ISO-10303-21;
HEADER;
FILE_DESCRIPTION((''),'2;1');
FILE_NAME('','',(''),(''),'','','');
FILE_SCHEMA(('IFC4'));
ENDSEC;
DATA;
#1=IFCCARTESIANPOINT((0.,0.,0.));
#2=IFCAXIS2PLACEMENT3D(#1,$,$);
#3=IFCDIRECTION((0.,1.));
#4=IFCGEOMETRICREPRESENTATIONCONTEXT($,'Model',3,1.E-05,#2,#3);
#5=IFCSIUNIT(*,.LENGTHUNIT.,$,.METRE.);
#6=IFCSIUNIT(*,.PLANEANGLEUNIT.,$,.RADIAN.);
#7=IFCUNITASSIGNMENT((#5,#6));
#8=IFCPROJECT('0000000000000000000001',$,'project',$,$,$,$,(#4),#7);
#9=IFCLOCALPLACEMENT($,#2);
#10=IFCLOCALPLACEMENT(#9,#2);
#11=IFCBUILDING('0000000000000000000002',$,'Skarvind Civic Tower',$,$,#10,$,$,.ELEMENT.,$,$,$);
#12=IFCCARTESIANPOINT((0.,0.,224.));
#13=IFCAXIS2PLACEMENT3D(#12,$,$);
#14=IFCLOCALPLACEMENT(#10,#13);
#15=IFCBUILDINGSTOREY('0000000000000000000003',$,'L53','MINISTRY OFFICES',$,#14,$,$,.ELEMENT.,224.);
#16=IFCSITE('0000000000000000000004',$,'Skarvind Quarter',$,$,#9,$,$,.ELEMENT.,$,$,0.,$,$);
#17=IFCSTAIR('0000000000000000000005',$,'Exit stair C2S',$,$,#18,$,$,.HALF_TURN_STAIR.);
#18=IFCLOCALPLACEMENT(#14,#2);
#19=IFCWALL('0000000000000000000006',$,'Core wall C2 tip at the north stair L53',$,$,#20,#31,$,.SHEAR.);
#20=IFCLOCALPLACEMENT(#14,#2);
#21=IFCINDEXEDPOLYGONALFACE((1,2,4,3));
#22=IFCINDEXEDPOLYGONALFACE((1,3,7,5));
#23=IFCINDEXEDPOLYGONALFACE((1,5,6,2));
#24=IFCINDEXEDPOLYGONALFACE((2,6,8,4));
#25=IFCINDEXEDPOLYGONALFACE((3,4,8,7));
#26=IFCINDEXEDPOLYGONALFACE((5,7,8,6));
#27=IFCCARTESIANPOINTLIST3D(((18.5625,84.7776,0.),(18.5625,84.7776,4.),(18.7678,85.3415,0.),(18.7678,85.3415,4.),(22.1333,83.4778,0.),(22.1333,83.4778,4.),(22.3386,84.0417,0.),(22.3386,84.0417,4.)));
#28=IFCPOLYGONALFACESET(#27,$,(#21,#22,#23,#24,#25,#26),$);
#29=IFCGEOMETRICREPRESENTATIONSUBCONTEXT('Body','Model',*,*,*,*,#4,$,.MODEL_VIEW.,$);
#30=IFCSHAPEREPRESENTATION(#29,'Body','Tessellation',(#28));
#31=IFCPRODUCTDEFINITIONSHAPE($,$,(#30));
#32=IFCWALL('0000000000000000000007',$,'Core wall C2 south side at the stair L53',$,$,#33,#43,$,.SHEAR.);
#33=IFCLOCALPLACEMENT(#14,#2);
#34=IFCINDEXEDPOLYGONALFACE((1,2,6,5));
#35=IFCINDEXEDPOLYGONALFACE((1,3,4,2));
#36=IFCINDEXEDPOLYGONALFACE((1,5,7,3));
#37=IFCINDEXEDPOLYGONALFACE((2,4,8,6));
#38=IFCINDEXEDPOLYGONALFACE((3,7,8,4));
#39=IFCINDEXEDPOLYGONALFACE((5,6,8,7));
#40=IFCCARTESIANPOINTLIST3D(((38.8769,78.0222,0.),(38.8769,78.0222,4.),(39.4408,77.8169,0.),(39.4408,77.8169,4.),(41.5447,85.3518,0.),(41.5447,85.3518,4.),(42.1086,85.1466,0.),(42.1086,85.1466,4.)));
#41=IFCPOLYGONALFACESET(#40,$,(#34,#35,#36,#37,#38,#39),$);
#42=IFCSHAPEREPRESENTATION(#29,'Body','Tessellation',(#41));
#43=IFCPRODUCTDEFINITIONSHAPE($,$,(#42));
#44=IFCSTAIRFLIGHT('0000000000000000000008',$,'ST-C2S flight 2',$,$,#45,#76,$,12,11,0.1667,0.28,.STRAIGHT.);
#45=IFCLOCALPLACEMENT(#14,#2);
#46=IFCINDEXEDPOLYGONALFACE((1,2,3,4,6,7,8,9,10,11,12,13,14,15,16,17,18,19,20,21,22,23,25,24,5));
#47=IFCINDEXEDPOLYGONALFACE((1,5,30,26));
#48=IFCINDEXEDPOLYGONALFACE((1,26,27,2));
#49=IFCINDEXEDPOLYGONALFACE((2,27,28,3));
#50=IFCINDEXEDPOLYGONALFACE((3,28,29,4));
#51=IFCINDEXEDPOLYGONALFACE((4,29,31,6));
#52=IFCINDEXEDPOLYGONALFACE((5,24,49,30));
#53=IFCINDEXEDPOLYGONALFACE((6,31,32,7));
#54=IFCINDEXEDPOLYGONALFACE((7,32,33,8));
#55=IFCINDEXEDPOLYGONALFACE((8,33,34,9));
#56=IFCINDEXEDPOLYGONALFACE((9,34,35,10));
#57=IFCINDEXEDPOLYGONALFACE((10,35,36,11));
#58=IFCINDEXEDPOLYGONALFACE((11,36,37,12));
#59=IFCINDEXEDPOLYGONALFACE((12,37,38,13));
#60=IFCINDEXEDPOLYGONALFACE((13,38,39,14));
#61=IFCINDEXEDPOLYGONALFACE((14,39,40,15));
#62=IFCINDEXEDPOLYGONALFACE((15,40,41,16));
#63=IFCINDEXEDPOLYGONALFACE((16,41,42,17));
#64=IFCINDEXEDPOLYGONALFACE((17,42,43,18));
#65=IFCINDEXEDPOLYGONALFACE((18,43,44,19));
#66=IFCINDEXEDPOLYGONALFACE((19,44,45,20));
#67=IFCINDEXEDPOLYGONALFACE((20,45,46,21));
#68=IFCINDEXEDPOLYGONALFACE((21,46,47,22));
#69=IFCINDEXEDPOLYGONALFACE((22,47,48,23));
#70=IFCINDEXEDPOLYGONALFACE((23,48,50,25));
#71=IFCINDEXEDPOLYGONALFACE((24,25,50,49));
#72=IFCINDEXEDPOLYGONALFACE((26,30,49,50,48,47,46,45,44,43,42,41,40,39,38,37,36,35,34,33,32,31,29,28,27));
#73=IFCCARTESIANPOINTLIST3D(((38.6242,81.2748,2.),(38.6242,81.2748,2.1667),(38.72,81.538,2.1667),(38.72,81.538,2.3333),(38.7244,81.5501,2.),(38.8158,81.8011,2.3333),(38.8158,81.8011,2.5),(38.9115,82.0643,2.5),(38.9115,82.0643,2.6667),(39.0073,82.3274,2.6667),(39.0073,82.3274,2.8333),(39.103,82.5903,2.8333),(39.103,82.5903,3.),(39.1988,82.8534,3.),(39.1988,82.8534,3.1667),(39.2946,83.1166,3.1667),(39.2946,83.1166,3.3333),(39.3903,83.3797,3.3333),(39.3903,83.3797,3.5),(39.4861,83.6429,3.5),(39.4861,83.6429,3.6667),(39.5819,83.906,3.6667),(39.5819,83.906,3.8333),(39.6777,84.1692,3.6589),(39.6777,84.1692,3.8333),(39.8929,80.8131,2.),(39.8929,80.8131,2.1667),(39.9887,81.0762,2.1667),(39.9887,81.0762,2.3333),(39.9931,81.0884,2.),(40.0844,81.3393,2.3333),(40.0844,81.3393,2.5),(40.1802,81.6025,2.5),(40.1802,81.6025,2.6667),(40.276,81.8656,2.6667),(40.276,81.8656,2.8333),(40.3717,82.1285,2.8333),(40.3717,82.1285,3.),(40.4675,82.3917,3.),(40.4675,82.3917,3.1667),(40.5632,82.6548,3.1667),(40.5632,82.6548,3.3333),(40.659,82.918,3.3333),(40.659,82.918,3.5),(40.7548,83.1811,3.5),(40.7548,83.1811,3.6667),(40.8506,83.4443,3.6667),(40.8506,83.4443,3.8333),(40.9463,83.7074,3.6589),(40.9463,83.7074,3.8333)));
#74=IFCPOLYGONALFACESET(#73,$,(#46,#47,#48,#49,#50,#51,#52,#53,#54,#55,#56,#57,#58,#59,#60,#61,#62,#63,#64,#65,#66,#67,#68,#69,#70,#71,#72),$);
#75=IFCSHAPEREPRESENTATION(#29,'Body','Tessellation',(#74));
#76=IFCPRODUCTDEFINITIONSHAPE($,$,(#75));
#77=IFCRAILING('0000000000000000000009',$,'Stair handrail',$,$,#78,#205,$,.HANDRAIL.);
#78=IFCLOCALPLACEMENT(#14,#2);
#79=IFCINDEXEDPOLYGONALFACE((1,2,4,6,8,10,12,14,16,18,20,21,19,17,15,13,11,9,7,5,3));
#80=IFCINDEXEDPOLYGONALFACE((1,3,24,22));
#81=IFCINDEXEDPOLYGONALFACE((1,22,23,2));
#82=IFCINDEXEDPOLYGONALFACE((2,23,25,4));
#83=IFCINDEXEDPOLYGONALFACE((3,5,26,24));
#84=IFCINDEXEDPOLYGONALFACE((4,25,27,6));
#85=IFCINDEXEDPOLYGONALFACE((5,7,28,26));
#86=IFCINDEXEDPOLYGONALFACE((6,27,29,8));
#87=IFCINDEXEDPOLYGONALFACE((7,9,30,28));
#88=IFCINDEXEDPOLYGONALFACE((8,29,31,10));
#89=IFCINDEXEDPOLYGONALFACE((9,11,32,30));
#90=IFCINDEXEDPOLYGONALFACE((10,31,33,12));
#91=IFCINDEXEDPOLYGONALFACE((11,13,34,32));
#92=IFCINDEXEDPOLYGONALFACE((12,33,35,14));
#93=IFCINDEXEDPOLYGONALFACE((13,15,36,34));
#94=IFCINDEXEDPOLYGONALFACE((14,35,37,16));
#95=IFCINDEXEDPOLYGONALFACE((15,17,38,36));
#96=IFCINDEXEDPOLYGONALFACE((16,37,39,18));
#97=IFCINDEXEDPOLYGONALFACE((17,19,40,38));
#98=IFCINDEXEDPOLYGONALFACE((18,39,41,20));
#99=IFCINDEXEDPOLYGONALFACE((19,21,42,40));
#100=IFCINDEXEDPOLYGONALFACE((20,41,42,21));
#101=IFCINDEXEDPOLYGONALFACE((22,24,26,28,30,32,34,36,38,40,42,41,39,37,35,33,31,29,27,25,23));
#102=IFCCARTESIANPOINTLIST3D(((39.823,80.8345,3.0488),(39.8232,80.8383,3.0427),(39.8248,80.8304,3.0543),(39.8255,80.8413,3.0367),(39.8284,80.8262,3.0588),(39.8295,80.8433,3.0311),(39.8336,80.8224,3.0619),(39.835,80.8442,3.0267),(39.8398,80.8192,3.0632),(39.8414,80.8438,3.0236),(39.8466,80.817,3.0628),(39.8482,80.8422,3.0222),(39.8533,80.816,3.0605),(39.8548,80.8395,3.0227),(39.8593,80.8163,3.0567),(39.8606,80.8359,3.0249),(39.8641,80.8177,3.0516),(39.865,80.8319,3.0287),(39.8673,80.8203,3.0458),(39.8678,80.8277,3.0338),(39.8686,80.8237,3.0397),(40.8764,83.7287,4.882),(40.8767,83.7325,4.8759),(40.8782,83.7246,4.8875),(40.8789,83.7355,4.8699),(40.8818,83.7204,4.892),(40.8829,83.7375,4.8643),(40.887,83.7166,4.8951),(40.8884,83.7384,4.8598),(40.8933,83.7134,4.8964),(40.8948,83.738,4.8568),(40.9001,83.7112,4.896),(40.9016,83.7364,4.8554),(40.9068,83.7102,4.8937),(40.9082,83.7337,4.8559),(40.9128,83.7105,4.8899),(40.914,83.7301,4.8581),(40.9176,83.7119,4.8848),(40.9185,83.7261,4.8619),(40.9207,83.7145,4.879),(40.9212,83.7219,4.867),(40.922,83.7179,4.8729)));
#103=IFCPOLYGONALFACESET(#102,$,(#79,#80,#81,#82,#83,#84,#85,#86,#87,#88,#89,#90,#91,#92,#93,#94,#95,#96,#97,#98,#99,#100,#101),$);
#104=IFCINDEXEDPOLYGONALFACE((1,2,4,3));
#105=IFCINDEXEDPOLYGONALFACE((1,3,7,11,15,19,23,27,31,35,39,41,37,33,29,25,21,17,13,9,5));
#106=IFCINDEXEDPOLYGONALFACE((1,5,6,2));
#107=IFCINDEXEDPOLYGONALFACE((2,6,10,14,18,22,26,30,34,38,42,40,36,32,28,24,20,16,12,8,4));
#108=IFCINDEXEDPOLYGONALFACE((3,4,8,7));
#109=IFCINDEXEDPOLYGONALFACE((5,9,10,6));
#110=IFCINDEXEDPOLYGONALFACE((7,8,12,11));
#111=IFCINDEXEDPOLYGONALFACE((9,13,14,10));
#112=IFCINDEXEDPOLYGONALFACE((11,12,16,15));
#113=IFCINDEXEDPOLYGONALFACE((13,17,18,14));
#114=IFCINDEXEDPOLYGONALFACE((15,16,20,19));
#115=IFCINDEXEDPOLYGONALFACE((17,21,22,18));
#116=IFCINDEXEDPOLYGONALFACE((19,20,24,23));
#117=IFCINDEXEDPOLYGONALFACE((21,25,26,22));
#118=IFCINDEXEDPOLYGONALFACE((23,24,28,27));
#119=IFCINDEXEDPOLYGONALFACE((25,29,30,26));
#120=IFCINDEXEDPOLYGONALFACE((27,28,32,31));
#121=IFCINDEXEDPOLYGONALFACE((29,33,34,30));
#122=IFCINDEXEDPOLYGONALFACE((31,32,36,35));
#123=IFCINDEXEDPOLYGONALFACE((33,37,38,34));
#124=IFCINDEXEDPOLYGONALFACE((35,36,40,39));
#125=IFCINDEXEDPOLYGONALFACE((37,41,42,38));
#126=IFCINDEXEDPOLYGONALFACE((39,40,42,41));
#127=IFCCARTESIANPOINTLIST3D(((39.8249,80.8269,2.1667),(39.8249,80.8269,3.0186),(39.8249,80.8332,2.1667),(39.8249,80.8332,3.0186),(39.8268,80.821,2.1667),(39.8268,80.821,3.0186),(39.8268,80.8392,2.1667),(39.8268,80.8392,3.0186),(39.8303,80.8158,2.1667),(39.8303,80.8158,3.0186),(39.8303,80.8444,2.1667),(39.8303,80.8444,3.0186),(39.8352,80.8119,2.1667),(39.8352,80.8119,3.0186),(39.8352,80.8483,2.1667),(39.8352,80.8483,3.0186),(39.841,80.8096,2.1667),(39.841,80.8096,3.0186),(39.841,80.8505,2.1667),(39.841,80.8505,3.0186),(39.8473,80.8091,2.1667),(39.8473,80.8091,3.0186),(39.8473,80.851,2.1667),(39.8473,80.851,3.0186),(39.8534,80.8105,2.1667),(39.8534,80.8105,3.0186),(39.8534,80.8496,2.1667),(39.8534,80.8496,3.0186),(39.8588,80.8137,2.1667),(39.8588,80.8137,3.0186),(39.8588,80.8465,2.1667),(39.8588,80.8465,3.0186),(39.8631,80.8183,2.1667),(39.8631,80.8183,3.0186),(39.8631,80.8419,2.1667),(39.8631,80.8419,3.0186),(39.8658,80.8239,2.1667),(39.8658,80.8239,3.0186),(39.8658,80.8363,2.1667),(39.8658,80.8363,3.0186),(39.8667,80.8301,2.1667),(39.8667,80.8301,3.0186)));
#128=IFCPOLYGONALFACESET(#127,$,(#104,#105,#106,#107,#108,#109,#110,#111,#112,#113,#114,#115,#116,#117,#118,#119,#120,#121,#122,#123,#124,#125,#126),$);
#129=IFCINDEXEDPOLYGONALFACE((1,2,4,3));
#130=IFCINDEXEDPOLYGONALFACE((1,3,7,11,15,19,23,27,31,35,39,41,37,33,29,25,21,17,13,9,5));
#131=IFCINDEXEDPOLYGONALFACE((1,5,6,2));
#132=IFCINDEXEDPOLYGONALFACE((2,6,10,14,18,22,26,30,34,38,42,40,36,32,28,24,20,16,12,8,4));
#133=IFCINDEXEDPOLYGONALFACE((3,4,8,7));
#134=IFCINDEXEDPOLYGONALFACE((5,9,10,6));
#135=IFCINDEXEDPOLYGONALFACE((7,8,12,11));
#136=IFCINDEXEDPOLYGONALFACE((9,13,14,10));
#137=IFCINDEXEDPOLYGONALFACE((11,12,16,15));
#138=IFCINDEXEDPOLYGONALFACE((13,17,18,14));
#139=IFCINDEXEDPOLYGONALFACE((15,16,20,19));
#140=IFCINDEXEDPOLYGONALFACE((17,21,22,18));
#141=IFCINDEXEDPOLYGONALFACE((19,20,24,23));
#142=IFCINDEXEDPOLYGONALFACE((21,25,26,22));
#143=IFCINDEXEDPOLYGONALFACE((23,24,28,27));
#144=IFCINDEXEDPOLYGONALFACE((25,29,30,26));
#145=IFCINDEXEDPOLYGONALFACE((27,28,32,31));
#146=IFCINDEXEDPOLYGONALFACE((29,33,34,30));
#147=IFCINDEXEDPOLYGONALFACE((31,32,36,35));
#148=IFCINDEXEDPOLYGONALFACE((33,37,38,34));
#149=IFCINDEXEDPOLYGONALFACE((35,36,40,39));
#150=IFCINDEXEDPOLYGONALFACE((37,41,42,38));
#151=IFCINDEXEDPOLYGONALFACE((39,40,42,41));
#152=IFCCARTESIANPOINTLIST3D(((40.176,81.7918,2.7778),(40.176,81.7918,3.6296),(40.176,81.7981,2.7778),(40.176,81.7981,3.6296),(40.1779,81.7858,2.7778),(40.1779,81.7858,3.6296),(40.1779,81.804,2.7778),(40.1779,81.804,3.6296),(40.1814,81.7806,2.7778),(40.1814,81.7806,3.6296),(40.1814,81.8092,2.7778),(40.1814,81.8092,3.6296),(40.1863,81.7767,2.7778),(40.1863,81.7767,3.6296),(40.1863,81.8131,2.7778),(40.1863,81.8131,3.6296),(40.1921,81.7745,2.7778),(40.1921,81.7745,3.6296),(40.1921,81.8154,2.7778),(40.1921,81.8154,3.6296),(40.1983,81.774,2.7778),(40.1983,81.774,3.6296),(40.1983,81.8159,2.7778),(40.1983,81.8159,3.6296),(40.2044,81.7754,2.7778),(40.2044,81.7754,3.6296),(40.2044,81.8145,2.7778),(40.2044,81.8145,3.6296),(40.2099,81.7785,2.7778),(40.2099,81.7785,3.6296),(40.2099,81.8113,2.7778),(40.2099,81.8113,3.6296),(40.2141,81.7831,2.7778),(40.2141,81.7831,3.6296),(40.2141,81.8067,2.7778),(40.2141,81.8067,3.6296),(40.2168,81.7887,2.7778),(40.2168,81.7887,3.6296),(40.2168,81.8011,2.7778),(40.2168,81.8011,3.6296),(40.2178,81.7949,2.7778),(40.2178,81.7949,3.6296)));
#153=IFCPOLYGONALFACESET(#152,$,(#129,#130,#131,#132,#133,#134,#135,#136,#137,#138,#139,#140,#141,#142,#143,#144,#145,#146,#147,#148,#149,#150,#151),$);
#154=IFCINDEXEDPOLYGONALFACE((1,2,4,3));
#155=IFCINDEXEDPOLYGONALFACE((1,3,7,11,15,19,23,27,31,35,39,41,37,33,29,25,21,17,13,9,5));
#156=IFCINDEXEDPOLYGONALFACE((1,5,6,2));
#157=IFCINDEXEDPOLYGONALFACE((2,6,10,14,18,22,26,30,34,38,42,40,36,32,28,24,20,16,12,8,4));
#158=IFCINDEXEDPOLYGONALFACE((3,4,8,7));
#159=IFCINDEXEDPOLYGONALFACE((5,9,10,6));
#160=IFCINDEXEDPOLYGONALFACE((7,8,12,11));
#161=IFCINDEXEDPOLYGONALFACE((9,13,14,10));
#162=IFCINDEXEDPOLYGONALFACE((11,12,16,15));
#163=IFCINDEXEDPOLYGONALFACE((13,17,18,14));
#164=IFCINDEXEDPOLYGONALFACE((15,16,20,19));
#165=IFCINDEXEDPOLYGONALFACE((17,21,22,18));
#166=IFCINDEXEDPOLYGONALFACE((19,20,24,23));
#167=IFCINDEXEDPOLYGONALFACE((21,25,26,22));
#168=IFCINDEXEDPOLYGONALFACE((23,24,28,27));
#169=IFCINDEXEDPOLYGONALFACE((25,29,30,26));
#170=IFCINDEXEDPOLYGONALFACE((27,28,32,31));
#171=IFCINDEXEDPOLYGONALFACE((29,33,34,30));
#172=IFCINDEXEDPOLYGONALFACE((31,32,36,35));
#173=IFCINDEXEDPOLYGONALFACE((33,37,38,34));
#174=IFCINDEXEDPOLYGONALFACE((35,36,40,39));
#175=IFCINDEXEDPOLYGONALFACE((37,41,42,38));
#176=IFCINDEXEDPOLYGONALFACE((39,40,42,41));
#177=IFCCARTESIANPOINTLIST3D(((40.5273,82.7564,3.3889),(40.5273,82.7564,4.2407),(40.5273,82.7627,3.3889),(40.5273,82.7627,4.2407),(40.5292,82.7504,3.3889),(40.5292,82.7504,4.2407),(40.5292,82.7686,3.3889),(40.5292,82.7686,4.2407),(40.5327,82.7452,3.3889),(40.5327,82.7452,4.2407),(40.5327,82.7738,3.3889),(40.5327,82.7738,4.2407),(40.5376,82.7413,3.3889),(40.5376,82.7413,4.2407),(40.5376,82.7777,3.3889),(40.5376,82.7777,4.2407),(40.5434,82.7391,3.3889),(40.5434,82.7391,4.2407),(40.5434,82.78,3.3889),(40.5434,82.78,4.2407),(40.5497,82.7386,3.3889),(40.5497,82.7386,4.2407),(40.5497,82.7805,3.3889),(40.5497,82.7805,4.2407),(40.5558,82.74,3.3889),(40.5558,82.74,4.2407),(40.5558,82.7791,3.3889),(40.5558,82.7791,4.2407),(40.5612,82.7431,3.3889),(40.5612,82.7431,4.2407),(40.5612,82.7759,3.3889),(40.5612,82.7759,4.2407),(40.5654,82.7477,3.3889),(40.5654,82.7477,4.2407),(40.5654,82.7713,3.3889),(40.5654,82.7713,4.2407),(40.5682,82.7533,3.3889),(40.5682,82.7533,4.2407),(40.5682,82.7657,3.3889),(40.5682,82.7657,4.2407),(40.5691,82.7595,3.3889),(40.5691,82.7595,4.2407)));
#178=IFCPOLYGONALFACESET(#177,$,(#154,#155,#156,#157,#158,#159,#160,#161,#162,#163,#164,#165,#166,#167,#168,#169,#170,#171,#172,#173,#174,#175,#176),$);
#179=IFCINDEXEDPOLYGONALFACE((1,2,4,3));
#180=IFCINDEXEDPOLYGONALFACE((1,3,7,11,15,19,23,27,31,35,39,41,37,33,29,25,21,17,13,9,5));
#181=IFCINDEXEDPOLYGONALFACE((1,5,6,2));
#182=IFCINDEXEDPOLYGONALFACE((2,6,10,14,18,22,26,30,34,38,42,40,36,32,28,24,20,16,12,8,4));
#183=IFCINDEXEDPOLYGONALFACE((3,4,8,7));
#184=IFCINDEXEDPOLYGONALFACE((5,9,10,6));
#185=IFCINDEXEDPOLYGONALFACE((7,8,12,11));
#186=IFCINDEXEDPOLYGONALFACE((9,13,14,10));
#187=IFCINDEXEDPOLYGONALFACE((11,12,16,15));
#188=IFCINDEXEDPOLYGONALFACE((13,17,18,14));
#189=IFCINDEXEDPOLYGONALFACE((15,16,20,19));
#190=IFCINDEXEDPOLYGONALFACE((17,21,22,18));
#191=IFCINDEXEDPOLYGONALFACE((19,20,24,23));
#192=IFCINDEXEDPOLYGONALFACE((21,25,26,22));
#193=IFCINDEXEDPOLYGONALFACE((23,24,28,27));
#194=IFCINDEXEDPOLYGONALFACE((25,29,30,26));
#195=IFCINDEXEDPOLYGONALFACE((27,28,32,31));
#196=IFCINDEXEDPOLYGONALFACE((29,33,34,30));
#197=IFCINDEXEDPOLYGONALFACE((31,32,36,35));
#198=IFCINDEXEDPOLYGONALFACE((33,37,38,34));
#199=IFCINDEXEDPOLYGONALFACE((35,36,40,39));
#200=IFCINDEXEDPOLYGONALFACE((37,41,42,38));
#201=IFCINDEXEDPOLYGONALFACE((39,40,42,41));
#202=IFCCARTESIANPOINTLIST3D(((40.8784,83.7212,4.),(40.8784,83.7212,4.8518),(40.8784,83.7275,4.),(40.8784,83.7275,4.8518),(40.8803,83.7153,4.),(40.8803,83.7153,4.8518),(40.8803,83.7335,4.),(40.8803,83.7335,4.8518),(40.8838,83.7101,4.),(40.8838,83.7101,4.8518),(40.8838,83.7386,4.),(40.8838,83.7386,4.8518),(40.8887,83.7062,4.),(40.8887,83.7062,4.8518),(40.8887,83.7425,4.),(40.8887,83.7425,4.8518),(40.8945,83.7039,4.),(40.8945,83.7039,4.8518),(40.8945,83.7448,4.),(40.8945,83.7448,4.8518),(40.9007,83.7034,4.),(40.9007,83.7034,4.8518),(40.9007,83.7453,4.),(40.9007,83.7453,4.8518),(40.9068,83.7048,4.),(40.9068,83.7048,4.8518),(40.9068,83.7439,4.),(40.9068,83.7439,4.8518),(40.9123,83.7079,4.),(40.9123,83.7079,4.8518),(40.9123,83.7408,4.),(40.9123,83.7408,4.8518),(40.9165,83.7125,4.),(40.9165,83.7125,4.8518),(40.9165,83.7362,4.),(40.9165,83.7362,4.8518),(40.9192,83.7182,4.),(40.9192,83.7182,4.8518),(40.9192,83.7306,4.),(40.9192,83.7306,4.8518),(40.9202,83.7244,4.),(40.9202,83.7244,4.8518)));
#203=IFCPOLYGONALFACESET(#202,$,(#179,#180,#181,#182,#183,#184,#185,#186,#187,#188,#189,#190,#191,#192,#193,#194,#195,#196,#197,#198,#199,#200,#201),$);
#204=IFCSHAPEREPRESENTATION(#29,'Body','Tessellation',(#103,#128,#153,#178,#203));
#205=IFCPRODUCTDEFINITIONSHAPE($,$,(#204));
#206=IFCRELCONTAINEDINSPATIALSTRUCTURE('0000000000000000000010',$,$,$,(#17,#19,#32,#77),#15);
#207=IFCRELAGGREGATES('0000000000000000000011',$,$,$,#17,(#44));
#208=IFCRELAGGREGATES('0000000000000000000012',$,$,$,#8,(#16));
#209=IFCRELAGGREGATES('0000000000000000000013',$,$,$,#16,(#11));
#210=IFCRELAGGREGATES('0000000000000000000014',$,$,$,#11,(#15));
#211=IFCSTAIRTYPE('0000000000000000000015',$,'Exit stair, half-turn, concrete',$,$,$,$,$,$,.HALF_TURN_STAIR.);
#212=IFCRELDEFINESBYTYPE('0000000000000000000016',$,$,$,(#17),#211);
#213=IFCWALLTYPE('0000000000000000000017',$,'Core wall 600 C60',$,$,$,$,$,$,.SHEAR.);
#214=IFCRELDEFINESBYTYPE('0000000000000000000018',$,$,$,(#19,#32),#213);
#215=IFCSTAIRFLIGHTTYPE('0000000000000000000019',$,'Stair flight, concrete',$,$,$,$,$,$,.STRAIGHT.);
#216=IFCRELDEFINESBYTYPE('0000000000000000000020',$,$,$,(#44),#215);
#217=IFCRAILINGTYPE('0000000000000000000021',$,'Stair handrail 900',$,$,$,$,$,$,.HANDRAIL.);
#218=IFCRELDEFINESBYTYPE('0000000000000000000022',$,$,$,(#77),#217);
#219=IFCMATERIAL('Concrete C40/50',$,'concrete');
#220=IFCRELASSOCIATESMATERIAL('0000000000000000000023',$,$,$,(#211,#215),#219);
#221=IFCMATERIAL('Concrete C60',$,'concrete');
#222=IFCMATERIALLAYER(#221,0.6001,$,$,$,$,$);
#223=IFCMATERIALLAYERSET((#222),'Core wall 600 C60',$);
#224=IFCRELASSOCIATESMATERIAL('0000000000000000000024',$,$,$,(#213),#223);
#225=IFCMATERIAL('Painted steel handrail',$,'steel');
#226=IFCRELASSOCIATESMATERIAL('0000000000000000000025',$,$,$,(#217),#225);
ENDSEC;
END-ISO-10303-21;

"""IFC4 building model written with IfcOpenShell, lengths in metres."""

from ifc_helpers import new_model, si_unit, direction, frame, frame_2d, origin, origin_2d, place, context, subcontext, project, spatial, polyline, rectangle, circle, outline, extrude, material, layer, layer_set, type_object, element, aggregate, save


model = new_model("IFC4")

# Units and contexts
model_context = context("Model", 3, precision=1e-05, world=origin(), true_north=direction((0.0, 1.0)))
body_context = subcontext(model_context, "Body", "Model", "MODEL_VIEW")
ifc_project = project(units=[si_unit("LENGTHUNIT", "METRE"), si_unit("PLANEANGLEUNIT", "RADIAN")], contexts=[model_context])

# Site, building, storey
site_placement = place(None, origin())
site = spatial("IfcSite", under=ifc_project, at=site_placement, Name="Skarvind Quarter", CompositionType="ELEMENT", RefElevation=0.0)
building_placement = place(site_placement, origin())
building = spatial("IfcBuilding", under=site, at=building_placement, Name="Skarvind Civic Tower", CompositionType="ELEMENT")
storey_placement = place(building_placement, frame((0.0, 0.0, 224.0)))
storey = spatial("IfcBuildingStorey", under=building, at=storey_placement, Name="L53", Description="MINISTRY OFFICES", CompositionType="ELEMENT", Elevation=224.0)

# Shared definitions
ifc_material_1 = material(Name="Concrete C40/50", Category="concrete")

# Stair
stair_type_1 = type_object("IfcStairType", Name="Exit stair, half-turn, concrete", PredefinedType="HALF_TURN_STAIR", material=ifc_material_1)
stair_1_placement = place(storey_placement, origin())
stair_1 = element("IfcStair", 1, at=stair_1_placement, inside=storey, type_object=stair_type_1, Name="Exit stair C2S", PredefinedType="HALF_TURN_STAIR")

# Shared definitions
ifc_material_2 = material(Name="Concrete C60", Category="concrete")

# Walls
ifc_layer_1 = layer(ifc_material_2, 0.6001)
ifc_layer_set_1 = layer_set([ifc_layer_1], Name="Core wall 600 C60")
wall_type_1 = type_object("IfcWallType", Name="Core wall 600 C60", PredefinedType="SHEAR", material=ifc_layer_set_1)
for number, where, z_axis, x_axis, name in (
    (2, (22.2358, 83.7598, 0.0), (0.0, 0.0, 1.0), (-0.939681, 0.342053, 0.0), "Core wall C2 tip at the north stair L53"),
):
    element("IfcWall", number, at=place(storey_placement, frame(where, z_axis=z_axis, x_axis=x_axis)), inside=storey, type_object=wall_type_1, Name=name, PredefinedType="SHEAR", context=body_context, shape_type="SweptSolid", body=[
        extrude(rectangle(XDim=3.8, YDim=0.6001, at=frame_2d((1.8999, 0.0))), origin(), (0.0, 0.0, 1.0), 4.0),
    ])
wall_1_placement = place(storey_placement, frame((39.1589, 77.9197, 0.0), z_axis=(0.0, 0.0, 1.0), x_axis=(0.342017, 0.939694, 0.0)))
element("IfcWall", 3, at=wall_1_placement, inside=storey, type_object=wall_type_1, Name="Core wall C2 south side at the stair L53", PredefinedType="SHEAR", context=body_context, shape_type="SweptSolid", body=[
    extrude(rectangle(XDim=7.8, YDim=0.6001, at=frame_2d((3.8999, 0.0))), origin(), (0.0, 0.0, 1.0), 4.0),
])

# Stair flight
stair_flight_type = type_object("IfcStairFlightType", Name="Stair flight, concrete", PredefinedType="STRAIGHT", material=ifc_material_1)
stair_flight_placement = place(storey_placement, frame((39.2585, 81.0439, 2.0), z_axis=(0.0, 0.0, 1.0), x_axis=(0.34202, 0.939693, 0.0)))
stair_flight = element("IfcStairFlight", 4, at=stair_flight_placement, type_object=stair_flight_type, Name="ST-C2S flight 2", NumberOfRisers=12, NumberOfTreads=11, PredefinedType="STRAIGHT", RiserHeight=0.1667, TreadLength=0.28, context=body_context, shape_type="SweptSolid", body=[
    extrude(outline(polyline([(0.0, 0.0), (0.0, 0.1667), (0.28, 0.1667), (0.28, 0.3333), (0.5601, 0.3333), (0.5601, 0.5), (0.8401, 0.5), (0.8401, 0.6667), (1.1201, 0.6667), (1.1201, 0.8333), (1.3999, 0.8333), (1.3999, 1.0), (1.6799, 1.0), (1.6799, 1.1667), (1.96, 1.1667), (1.96, 1.3333), (2.24, 1.3333), (2.24, 1.5), (2.52, 1.5), (2.52, 1.6667), (2.8, 1.6667), (2.8, 1.8333), (3.0801, 1.8333), (3.0801, 2.0), (3.0801, 1.6589), (0.293, 0.0), (0.0, 0.0)])), frame((0.0, 0.675, 0.0), z_axis=(0.0, -1.0, 0.0), x_axis=(1.0, 0.0, 0.0)), (0.0, 0.0, 1.0), 1.3501),
])
aggregate(stair_1, [stair_flight])

# Railing
ifc_material_3 = material(Name="Painted steel handrail", Category="steel")
railing_type = type_object("IfcRailingType", Name="Stair handrail 900", PredefinedType="HANDRAIL", material=ifc_material_3)
railing_placement = place(storey_placement, frame((39.8457, 80.8301, 2.1667)))
element("IfcRailing", 5, at=railing_placement, inside=storey, type_object=railing_type, Name="Stair handrail", PredefinedType="HANDRAIL", context=body_context, shape_type="SweptSolid", body=[
    extrude(circle(Radius=0.0239, at=origin_2d()), frame((0.0, 0.0, 0.876), z_axis=(0.293908, 0.807481, 0.511461), x_axis=(-0.939689, 0.342029, 0.0)), (0.0, 0.0, 1.0), 3.5842),
    extrude(circle(Radius=0.021, at=origin_2d()), origin(), (0.0, 0.0, 1.0), 0.8518),
    extrude(circle(Radius=0.021, at=origin_2d()), frame((0.3511, 0.9648, 0.6111)), (0.0, 0.0, 1.0), 0.8518),
    extrude(circle(Radius=0.021, at=origin_2d()), frame((0.7024, 1.9294, 1.2222)), (0.0, 0.0, 1.0), 0.8518),
    extrude(circle(Radius=0.021, at=origin_2d()), frame((1.0535, 2.8943, 1.8333)), (0.0, 0.0, 1.0), 0.8518),
])

save(model, "model.ifc")
